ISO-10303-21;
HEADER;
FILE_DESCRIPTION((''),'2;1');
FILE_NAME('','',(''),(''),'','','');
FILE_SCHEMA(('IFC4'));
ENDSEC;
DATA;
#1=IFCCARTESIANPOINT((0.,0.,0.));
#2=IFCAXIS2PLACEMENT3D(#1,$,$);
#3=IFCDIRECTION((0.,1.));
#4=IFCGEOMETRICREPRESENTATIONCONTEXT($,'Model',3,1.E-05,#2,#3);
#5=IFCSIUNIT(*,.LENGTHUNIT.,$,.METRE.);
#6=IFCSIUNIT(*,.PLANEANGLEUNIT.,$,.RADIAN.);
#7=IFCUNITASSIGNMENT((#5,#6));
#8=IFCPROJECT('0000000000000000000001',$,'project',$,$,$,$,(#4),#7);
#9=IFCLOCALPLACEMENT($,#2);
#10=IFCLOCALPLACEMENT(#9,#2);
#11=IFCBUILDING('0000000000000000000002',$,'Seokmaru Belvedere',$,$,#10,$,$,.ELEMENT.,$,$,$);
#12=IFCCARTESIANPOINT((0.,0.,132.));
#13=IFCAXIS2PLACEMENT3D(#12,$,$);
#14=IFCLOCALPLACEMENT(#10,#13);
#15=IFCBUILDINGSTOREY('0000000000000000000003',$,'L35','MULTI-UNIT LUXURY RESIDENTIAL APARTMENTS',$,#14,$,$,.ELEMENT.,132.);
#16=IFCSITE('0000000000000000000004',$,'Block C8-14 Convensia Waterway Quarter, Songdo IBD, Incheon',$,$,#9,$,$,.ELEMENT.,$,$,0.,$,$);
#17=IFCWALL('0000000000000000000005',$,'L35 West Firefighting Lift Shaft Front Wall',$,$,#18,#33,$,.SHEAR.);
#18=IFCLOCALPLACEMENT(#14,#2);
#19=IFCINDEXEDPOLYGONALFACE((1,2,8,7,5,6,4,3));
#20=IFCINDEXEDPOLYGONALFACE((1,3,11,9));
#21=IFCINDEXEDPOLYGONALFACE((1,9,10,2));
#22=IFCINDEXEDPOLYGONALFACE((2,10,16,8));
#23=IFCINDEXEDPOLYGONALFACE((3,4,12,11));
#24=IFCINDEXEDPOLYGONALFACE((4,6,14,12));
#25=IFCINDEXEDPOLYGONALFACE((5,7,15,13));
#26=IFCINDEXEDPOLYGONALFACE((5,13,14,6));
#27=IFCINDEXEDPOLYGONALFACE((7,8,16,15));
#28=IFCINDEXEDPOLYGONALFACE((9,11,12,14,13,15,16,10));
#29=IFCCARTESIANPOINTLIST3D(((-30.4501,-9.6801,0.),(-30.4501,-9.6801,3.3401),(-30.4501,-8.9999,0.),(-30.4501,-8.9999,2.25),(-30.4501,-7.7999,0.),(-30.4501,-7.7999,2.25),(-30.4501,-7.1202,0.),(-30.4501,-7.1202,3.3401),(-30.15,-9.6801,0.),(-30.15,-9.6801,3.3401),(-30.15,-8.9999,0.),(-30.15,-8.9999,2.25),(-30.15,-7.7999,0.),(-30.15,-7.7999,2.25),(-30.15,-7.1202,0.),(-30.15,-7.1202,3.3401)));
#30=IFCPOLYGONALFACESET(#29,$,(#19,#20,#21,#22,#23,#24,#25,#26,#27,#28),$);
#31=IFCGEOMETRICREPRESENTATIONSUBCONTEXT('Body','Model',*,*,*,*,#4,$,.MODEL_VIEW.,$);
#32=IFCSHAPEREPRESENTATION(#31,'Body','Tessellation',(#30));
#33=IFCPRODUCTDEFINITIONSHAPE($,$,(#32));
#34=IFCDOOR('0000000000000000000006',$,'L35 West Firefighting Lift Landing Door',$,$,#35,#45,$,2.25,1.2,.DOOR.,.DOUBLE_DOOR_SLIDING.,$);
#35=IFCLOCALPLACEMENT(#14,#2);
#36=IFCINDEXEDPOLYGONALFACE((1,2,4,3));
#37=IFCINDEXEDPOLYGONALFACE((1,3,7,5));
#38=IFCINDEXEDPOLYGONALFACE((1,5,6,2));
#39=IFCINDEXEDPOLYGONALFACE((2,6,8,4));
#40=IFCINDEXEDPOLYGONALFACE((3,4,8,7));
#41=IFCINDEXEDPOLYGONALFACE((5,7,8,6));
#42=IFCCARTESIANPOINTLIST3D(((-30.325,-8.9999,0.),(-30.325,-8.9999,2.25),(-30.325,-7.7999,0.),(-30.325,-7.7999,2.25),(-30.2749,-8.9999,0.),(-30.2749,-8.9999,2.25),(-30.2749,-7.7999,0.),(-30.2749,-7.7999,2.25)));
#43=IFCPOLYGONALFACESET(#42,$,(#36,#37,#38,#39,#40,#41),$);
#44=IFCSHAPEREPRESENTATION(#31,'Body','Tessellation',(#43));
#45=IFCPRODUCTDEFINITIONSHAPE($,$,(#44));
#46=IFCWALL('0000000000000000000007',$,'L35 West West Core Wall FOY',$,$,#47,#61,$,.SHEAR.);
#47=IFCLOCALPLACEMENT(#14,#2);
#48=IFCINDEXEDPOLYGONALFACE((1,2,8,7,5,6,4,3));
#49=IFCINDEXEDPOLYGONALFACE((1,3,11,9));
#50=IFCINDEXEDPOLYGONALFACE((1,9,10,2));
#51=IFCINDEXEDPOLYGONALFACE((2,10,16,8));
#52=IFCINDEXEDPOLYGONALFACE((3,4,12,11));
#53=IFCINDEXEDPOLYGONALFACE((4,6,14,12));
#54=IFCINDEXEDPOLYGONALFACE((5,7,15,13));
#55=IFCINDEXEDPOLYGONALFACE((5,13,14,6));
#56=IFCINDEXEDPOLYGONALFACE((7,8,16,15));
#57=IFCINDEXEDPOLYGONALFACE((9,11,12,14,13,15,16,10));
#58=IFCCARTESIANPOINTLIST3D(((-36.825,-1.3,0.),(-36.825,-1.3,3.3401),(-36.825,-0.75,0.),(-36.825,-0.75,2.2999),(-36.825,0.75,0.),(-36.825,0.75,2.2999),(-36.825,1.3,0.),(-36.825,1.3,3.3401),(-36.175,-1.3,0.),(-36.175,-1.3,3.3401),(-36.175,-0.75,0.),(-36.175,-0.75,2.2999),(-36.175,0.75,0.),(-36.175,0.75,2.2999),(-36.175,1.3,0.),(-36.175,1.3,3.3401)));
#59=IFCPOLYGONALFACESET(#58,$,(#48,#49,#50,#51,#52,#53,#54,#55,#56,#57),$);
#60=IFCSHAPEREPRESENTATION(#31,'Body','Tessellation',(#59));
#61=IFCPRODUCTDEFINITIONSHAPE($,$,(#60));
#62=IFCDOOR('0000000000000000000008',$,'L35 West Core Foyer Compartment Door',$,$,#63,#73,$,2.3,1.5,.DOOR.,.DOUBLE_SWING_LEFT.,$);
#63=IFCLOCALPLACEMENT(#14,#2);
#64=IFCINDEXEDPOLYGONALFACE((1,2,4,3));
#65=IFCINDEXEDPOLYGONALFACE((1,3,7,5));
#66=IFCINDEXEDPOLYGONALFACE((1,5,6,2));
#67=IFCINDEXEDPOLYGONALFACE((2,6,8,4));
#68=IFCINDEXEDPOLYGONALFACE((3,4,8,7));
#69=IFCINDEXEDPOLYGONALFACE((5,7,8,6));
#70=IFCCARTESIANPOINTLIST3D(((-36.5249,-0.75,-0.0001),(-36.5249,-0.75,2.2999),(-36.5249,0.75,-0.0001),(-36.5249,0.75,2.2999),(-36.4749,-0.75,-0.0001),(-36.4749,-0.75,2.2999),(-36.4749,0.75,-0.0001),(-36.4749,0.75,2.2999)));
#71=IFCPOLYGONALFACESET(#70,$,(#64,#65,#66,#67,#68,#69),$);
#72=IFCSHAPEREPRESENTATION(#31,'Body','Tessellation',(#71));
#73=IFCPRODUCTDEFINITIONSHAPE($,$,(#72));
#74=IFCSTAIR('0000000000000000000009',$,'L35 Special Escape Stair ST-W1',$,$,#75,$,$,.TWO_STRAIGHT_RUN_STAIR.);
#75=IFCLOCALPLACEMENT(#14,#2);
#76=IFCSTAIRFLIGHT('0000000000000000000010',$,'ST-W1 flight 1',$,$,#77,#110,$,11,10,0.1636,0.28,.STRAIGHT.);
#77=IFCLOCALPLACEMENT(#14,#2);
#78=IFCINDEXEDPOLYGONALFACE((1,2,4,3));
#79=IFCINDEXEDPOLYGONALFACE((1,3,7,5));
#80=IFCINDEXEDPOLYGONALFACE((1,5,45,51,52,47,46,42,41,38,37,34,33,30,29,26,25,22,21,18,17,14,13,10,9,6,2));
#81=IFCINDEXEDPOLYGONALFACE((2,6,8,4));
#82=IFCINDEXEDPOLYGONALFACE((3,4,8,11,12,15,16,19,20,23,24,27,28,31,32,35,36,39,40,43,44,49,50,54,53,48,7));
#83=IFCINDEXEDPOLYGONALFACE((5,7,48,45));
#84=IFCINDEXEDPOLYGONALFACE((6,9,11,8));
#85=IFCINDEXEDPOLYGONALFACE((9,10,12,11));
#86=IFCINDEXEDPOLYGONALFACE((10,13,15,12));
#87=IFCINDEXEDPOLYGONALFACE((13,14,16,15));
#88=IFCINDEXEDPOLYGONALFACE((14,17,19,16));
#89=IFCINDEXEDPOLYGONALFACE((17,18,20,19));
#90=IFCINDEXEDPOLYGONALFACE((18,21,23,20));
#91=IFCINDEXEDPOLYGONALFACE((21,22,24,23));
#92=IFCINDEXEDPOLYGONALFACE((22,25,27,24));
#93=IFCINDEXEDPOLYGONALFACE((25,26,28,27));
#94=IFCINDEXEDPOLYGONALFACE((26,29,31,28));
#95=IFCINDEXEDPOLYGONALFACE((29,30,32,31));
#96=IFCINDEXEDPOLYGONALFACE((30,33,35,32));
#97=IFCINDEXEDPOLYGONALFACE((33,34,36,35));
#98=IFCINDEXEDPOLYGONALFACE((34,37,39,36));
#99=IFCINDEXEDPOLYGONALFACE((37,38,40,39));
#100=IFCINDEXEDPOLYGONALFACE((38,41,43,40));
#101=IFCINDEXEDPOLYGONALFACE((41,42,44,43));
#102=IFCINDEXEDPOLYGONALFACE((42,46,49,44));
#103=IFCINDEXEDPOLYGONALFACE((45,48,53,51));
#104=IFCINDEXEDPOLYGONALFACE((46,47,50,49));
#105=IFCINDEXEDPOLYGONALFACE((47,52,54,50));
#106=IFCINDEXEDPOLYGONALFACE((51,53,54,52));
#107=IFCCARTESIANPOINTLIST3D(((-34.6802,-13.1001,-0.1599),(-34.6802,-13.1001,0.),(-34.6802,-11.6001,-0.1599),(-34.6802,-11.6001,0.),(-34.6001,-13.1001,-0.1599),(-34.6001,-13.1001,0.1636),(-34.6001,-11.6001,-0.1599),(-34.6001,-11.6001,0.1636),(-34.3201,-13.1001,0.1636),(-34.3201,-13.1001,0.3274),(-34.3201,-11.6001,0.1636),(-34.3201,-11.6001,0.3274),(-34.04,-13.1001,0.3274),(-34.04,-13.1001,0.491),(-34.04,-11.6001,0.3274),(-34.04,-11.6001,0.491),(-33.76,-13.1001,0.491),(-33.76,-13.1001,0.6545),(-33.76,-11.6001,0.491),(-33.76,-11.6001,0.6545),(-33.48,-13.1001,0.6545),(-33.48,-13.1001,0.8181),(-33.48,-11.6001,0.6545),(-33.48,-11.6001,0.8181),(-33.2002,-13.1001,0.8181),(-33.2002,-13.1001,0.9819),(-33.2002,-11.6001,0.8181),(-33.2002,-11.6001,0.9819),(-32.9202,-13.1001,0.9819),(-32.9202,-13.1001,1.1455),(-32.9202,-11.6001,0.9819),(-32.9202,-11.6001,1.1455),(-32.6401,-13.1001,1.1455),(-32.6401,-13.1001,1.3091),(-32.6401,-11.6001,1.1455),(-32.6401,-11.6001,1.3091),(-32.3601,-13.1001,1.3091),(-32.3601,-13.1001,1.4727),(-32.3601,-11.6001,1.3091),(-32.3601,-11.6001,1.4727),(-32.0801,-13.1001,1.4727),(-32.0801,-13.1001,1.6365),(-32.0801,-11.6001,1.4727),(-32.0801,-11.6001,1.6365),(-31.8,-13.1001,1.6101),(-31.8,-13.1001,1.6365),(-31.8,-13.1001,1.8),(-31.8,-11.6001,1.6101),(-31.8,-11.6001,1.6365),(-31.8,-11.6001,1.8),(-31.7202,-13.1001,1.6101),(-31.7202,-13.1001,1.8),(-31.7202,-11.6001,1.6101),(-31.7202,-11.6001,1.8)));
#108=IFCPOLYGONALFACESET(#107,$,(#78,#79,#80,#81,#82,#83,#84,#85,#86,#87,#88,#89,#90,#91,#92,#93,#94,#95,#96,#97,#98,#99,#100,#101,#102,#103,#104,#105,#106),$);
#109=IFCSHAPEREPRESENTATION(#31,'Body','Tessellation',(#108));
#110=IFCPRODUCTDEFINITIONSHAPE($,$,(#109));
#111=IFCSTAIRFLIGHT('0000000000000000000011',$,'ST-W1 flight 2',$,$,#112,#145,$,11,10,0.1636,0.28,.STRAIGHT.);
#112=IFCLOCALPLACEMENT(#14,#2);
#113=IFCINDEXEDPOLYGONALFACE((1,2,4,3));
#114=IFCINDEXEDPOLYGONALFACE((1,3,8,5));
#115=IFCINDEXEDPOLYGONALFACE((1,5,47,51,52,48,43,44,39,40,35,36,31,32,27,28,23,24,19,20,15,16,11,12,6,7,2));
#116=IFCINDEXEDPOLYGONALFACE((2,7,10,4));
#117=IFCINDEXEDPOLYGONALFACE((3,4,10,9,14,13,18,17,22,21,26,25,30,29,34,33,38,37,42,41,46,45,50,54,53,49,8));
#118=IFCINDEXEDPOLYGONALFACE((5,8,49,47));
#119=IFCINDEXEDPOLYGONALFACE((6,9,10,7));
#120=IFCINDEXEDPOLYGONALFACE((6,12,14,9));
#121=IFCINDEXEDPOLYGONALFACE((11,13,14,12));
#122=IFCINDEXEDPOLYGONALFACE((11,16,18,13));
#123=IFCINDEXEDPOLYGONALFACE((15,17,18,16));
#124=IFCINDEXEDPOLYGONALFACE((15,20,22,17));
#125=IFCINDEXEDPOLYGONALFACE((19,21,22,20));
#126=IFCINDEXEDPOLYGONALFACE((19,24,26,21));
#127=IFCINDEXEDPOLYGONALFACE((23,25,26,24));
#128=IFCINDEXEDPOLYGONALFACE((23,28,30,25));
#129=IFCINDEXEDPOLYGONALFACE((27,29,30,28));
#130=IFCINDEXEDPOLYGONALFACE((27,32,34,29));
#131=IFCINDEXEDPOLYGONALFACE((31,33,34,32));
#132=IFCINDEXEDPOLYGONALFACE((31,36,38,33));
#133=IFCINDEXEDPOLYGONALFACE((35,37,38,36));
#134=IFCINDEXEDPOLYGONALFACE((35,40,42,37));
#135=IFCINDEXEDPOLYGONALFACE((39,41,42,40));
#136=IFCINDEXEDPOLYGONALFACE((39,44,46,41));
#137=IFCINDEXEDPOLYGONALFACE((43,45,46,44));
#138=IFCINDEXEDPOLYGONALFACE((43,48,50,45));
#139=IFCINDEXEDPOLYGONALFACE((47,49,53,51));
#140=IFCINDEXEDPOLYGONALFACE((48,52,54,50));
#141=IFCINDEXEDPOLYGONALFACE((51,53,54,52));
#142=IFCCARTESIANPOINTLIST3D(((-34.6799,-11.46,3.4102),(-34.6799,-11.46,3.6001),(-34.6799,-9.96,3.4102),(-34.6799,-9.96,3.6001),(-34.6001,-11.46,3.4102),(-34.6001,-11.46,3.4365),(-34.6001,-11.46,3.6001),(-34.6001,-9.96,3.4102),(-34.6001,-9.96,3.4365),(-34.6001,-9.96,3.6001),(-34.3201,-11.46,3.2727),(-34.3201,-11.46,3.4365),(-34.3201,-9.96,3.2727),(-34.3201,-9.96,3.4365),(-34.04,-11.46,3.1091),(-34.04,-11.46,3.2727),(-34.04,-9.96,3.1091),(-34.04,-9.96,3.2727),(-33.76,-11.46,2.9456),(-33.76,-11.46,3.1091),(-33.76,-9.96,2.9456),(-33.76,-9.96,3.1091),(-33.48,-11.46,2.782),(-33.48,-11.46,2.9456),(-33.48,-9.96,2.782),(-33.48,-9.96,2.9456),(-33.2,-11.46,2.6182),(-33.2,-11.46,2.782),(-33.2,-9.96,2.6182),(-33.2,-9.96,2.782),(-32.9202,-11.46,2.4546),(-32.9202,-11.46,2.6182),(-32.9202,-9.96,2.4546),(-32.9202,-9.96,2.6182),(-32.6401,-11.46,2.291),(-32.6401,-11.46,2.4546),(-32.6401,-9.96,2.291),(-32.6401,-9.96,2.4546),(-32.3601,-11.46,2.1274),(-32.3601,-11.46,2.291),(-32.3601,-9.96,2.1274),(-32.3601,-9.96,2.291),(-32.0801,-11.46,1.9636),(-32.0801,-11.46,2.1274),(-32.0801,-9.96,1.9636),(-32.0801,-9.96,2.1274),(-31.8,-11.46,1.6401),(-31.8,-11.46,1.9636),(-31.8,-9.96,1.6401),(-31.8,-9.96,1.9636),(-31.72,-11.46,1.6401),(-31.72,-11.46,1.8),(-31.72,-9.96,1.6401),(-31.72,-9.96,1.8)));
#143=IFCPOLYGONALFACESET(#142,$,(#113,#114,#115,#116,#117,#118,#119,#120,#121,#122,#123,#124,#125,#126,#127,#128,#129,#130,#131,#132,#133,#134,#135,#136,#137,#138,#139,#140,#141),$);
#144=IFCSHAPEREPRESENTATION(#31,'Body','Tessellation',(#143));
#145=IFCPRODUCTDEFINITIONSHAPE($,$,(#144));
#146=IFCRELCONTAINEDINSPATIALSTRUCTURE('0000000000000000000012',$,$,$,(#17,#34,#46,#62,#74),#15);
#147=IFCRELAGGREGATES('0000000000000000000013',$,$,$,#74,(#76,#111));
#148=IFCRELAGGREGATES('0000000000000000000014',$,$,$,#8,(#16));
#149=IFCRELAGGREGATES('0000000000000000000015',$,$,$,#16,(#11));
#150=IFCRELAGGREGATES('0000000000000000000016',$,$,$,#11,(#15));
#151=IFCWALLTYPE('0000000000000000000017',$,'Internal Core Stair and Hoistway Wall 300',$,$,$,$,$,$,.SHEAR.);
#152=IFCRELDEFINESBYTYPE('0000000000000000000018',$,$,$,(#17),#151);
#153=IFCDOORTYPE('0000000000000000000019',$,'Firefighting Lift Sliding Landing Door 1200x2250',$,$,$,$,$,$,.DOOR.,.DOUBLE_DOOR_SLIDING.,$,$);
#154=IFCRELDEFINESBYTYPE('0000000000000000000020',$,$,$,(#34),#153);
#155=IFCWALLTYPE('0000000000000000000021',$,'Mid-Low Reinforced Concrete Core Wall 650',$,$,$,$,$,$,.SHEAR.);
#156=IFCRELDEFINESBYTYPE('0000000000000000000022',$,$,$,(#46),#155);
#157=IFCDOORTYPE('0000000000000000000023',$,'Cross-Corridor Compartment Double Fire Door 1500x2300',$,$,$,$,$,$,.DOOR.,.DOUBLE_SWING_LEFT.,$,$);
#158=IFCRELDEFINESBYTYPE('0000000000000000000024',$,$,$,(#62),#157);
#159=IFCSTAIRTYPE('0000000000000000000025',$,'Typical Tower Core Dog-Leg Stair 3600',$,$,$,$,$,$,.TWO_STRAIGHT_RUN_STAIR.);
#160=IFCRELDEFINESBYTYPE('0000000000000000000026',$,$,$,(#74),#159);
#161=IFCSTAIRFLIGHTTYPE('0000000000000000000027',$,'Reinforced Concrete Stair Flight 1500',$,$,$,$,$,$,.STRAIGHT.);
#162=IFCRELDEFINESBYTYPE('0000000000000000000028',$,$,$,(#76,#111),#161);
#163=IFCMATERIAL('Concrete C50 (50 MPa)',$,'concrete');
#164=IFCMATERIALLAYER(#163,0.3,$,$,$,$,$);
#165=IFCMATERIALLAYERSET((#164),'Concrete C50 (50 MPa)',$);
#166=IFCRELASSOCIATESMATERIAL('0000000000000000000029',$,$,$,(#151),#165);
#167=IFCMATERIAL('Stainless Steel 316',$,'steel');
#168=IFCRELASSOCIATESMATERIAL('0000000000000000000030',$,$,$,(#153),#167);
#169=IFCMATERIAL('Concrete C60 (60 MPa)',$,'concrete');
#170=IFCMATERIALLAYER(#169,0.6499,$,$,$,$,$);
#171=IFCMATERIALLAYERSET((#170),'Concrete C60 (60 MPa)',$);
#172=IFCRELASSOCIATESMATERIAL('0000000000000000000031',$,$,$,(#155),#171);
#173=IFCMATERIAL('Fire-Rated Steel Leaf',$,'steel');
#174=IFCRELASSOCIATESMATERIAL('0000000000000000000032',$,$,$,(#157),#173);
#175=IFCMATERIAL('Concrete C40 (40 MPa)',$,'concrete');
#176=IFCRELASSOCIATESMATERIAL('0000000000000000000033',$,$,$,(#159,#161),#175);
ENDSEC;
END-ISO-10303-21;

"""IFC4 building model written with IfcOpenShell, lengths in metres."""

from ifc_helpers import new_model, si_unit, direction, frame, frame_2d, origin, place, context, subcontext, project, spatial, polyline, rectangle, outline, extrude, source, transform, mapped, material, layer, layer_set, type_object, type_shapes, element, fill, aggregate, save


model = new_model("IFC4")

# Units and contexts
model_context = context("Model", 3, precision=1e-05, world=origin(), true_north=direction((0.0, 1.0)))
body_context = subcontext(model_context, "Body", "Model", "MODEL_VIEW")
ifc_project = project(units=[si_unit("LENGTHUNIT", "METRE"), si_unit("PLANEANGLEUNIT", "RADIAN")], contexts=[model_context])

# Site, building, storey
site_placement = place(None, origin())
site = spatial("IfcSite", under=ifc_project, at=site_placement, Name="Block C8-14 Convensia Waterway Quarter, Songdo IBD, Incheon", CompositionType="ELEMENT", RefElevation=0.0)
building_placement = place(site_placement, origin())
building = spatial("IfcBuilding", under=site, at=building_placement, Name="Seokmaru Belvedere", CompositionType="ELEMENT")
storey_placement = place(building_placement, frame((0.0, 0.0, 132.0)))
storey = spatial("IfcBuildingStorey", under=building, at=storey_placement, Name="L35", Description="MULTI-UNIT LUXURY RESIDENTIAL APARTMENTS", CompositionType="ELEMENT", Elevation=132.0)

# Shared definitions
ifc_material_1 = material(Name="Fire-Rated Steel Leaf", Category="steel")

# Shared definitions
ifc_material_2 = material(Name="Concrete C50 (50 MPa)", Category="concrete")

# Walls, openings, doors
ifc_layer_1 = layer(ifc_material_2, 0.3)
ifc_layer_set_1 = layer_set([ifc_layer_1], Name="Concrete C50 (50 MPa)")
wall_type_1 = type_object("IfcWallType", Name="Internal Core Stair and Hoistway Wall 300", PredefinedType="SHEAR", material=ifc_layer_set_1)
wall_1_placement = place(storey_placement, frame((-30.3, -9.6799, 0.0), z_axis=(0.0, 0.0, 1.0), x_axis=(0.0, 1.0, 0.0)))
wall_1 = element("IfcWall", 1, at=wall_1_placement, inside=storey, type_object=wall_type_1, Name="L35 West Firefighting Lift Shaft Front Wall", PredefinedType="SHEAR", context=body_context, shape_type="SweptSolid", body=[
    extrude(rectangle(XDim=2.5598, YDim=0.3, at=frame_2d((1.2798, 0.0))), origin(), (0.0, 0.0, 1.0), 3.3401),
])
opening_1_placement = place(wall_1_placement, frame((0.6799, 0.0, 0.0)))
opening_1 = element("IfcOpeningElement", 2, at=opening_1_placement, cuts=wall_1, PredefinedType="OPENING", context=body_context, shape_type="SweptSolid", body=[
    extrude(rectangle(XDim=1.2, YDim=2.25, at=frame_2d((0.6001, 1.125))), frame((0.0, 0.1602, 0.0), z_axis=(0.0, -1.0, 0.0), x_axis=(1.0, 0.0, 0.0)), (0.0, 0.0, 1.0), 0.3201),
])
ifc_material_3 = material(Name="Stainless Steel 316", Category="steel")
door_type_1 = type_object("IfcDoorType", Name="Firefighting Lift Sliding Landing Door 1200x2250", OperationType="DOUBLE_DOOR_SLIDING", PredefinedType="DOOR", material=ifc_material_3)
shared_shape_1 = source(origin(), body_context, "Body", "SweptSolid", [
    extrude(rectangle(XDim=1.2, YDim=2.25, at=frame_2d((0.6001, 1.125))), frame((0.0, 0.0249, 0.0), z_axis=(0.0, -1.0, 0.0), x_axis=(1.0, 0.0, 0.0)), (0.0, 0.0, 1.0), 0.05),
])
type_shapes(door_type_1, [shared_shape_1])
door_1_placement = place(opening_1_placement, origin())
door_1 = element("IfcDoor", 3, at=door_1_placement, inside=storey, type_object=door_type_1, Name="L35 West Firefighting Lift Landing Door", OperationType="DOUBLE_DOOR_SLIDING", OverallHeight=2.25, OverallWidth=1.2, PredefinedType="DOOR", context=body_context, shape_type="MappedRepresentation", body=[
    mapped(shared_shape_1, transform((0.0, 0.0, 0.0), scale=1.0)),
])
fill(opening_1, door_1)
ifc_material_4 = material(Name="Concrete C60 (60 MPa)", Category="concrete")
ifc_layer_2 = layer(ifc_material_4, 0.6499)
ifc_layer_set_2 = layer_set([ifc_layer_2], Name="Concrete C60 (60 MPa)")
wall_type_2 = type_object("IfcWallType", Name="Mid-Low Reinforced Concrete Core Wall 650", PredefinedType="SHEAR", material=ifc_layer_set_2)
wall_2_placement = place(storey_placement, frame((-36.5, -1.3, 0.0), z_axis=(0.0, 0.0, 1.0), x_axis=(0.0, 1.0, 0.0)))
wall_2 = element("IfcWall", 4, at=wall_2_placement, inside=storey, type_object=wall_type_2, Name="L35 West West Core Wall FOY", PredefinedType="SHEAR", context=body_context, shape_type="SweptSolid", body=[
    extrude(rectangle(XDim=2.6001, YDim=0.6499, at=frame_2d((1.3, 0.0))), origin(), (0.0, 0.0, 1.0), 3.3401),
])
opening_2_placement = place(wall_2_placement, frame((0.55, 0.0, 0.0)))
opening_2 = element("IfcOpeningElement", 5, at=opening_2_placement, cuts=wall_2, PredefinedType="OPENING", context=body_context, shape_type="SweptSolid", body=[
    extrude(rectangle(XDim=1.5, YDim=2.3, at=frame_2d((0.75, 1.1499))), frame((0.0, 0.335, 0.0), z_axis=(0.0, -1.0, 0.0), x_axis=(1.0, 0.0, 0.0)), (0.0, 0.0, 1.0), 0.6699),
])
door_type_2 = type_object("IfcDoorType", Name="Cross-Corridor Compartment Double Fire Door 1500x2300", OperationType="DOUBLE_SWING_LEFT", PredefinedType="DOOR", material=ifc_material_1)
shared_shape_2 = source(origin(), body_context, "Body", "SweptSolid", [
    extrude(rectangle(XDim=1.5, YDim=2.3, at=frame_2d((0.75, 1.1499))), frame((0.0, 0.0249, 0.0), z_axis=(0.0, -1.0, 0.0), x_axis=(1.0, 0.0, 0.0)), (0.0, 0.0, 1.0), 0.05),
])
type_shapes(door_type_2, [shared_shape_2])
door_2_placement = place(opening_2_placement, origin())
door_2 = element("IfcDoor", 6, at=door_2_placement, inside=storey, type_object=door_type_2, Name="L35 West Core Foyer Compartment Door", OperationType="DOUBLE_SWING_LEFT", OverallHeight=2.3, OverallWidth=1.5, PredefinedType="DOOR", context=body_context, shape_type="MappedRepresentation", body=[
    mapped(shared_shape_2, transform((0.0, 0.0, 0.0), scale=1.0)),
])
fill(opening_2, door_2)

# Stair, stair flights
ifc_material_5 = material(Name="Concrete C40 (40 MPa)", Category="concrete")
stair_type = type_object("IfcStairType", Name="Typical Tower Core Dog-Leg Stair 3600", PredefinedType="TWO_STRAIGHT_RUN_STAIR", material=ifc_material_5)
stair_placement = place(storey_placement, origin())
stair = element("IfcStair", 7, at=stair_placement, inside=storey, type_object=stair_type, Name="L35 Special Escape Stair ST-W1", PredefinedType="TWO_STRAIGHT_RUN_STAIR")
stair_flight_type = type_object("IfcStairFlightType", Name="Reinforced Concrete Stair Flight 1500", PredefinedType="STRAIGHT", material=ifc_material_5)
stair_flight_1_placement = place(storey_placement, frame((-34.6001, -12.3501, 0.0), z_axis=(0.0, 0.0, 1.0), x_axis=(1.0, 0.0, 0.0)))
stair_flight_1 = element("IfcStairFlight", 8, at=stair_flight_1_placement, type_object=stair_flight_type, Name="ST-W1 flight 1", NumberOfRisers=11, NumberOfTreads=10, PredefinedType="STRAIGHT", RiserHeight=0.1636, TreadLength=0.28, context=body_context, shape_type="SweptSolid", body=[
    extrude(outline(polyline([(-0.0801, 0.0), (0.0, 0.1636), (0.28, 0.1636), (0.28, 0.3274), (0.5601, 0.3274), (0.5601, 0.491), (0.8401, 0.491), (0.8401, 0.6545), (1.1201, 0.6545), (1.1201, 0.8181), (1.3999, 0.8181), (1.3999, 0.9819), (1.6799, 0.9819), (1.6799, 1.1455), (1.96, 1.1455), (1.96, 1.3091), (2.24, 1.3091), (2.24, 1.4727), (2.52, 1.4727), (2.52, 1.6365), (2.8, 1.6365), (2.8, 1.8), (2.8799, 1.8), (2.8799, 1.6101), (2.8, 1.6101), (0.0, -0.1599), (-0.0801, -0.1599), (-0.0801, 0.0)])), frame((0.0, 0.75, 0.0), z_axis=(0.0, -1.0, 0.0), x_axis=(1.0, 0.0, 0.0)), (0.0, 0.0, 1.0), 1.5),
])
stair_flight_2_placement = place(storey_placement, frame((-31.8, -10.71, 1.8), z_axis=(0.0, 0.0, 1.0), x_axis=(-1.0, 0.0, 0.0)))
stair_flight_2 = element("IfcStairFlight", 9, at=stair_flight_2_placement, type_object=stair_flight_type, Name="ST-W1 flight 2", NumberOfRisers=11, NumberOfTreads=10, PredefinedType="STRAIGHT", RiserHeight=0.1636, TreadLength=0.28, context=body_context, shape_type="SweptSolid", body=[
    extrude(outline(polyline([(-0.0801, 0.0), (0.0, 0.1636), (0.28, 0.1636), (0.28, 0.3274), (0.5601, 0.3274), (0.5601, 0.491), (0.8401, 0.491), (0.8401, 0.6545), (1.1201, 0.6545), (1.1201, 0.8181), (1.3999, 0.8181), (1.3999, 0.9819), (1.6799, 0.9819), (1.6799, 1.1455), (1.96, 1.1455), (1.96, 1.3091), (2.24, 1.3091), (2.24, 1.4727), (2.52, 1.4727), (2.52, 1.6365), (2.8, 1.6365), (2.8, 1.8), (2.8799, 1.8), (2.8799, 1.6101), (2.8, 1.6101), (0.0, -0.1599), (-0.0801, -0.1599), (-0.0801, 0.0)])), frame((0.0, 0.75, 0.0), z_axis=(0.0, -1.0, 0.0), x_axis=(1.0, 0.0, 0.0)), (0.0, 0.0, 1.0), 1.5),
])
aggregate(stair, [stair_flight_1, stair_flight_2])

save(model, "model.ifc")
